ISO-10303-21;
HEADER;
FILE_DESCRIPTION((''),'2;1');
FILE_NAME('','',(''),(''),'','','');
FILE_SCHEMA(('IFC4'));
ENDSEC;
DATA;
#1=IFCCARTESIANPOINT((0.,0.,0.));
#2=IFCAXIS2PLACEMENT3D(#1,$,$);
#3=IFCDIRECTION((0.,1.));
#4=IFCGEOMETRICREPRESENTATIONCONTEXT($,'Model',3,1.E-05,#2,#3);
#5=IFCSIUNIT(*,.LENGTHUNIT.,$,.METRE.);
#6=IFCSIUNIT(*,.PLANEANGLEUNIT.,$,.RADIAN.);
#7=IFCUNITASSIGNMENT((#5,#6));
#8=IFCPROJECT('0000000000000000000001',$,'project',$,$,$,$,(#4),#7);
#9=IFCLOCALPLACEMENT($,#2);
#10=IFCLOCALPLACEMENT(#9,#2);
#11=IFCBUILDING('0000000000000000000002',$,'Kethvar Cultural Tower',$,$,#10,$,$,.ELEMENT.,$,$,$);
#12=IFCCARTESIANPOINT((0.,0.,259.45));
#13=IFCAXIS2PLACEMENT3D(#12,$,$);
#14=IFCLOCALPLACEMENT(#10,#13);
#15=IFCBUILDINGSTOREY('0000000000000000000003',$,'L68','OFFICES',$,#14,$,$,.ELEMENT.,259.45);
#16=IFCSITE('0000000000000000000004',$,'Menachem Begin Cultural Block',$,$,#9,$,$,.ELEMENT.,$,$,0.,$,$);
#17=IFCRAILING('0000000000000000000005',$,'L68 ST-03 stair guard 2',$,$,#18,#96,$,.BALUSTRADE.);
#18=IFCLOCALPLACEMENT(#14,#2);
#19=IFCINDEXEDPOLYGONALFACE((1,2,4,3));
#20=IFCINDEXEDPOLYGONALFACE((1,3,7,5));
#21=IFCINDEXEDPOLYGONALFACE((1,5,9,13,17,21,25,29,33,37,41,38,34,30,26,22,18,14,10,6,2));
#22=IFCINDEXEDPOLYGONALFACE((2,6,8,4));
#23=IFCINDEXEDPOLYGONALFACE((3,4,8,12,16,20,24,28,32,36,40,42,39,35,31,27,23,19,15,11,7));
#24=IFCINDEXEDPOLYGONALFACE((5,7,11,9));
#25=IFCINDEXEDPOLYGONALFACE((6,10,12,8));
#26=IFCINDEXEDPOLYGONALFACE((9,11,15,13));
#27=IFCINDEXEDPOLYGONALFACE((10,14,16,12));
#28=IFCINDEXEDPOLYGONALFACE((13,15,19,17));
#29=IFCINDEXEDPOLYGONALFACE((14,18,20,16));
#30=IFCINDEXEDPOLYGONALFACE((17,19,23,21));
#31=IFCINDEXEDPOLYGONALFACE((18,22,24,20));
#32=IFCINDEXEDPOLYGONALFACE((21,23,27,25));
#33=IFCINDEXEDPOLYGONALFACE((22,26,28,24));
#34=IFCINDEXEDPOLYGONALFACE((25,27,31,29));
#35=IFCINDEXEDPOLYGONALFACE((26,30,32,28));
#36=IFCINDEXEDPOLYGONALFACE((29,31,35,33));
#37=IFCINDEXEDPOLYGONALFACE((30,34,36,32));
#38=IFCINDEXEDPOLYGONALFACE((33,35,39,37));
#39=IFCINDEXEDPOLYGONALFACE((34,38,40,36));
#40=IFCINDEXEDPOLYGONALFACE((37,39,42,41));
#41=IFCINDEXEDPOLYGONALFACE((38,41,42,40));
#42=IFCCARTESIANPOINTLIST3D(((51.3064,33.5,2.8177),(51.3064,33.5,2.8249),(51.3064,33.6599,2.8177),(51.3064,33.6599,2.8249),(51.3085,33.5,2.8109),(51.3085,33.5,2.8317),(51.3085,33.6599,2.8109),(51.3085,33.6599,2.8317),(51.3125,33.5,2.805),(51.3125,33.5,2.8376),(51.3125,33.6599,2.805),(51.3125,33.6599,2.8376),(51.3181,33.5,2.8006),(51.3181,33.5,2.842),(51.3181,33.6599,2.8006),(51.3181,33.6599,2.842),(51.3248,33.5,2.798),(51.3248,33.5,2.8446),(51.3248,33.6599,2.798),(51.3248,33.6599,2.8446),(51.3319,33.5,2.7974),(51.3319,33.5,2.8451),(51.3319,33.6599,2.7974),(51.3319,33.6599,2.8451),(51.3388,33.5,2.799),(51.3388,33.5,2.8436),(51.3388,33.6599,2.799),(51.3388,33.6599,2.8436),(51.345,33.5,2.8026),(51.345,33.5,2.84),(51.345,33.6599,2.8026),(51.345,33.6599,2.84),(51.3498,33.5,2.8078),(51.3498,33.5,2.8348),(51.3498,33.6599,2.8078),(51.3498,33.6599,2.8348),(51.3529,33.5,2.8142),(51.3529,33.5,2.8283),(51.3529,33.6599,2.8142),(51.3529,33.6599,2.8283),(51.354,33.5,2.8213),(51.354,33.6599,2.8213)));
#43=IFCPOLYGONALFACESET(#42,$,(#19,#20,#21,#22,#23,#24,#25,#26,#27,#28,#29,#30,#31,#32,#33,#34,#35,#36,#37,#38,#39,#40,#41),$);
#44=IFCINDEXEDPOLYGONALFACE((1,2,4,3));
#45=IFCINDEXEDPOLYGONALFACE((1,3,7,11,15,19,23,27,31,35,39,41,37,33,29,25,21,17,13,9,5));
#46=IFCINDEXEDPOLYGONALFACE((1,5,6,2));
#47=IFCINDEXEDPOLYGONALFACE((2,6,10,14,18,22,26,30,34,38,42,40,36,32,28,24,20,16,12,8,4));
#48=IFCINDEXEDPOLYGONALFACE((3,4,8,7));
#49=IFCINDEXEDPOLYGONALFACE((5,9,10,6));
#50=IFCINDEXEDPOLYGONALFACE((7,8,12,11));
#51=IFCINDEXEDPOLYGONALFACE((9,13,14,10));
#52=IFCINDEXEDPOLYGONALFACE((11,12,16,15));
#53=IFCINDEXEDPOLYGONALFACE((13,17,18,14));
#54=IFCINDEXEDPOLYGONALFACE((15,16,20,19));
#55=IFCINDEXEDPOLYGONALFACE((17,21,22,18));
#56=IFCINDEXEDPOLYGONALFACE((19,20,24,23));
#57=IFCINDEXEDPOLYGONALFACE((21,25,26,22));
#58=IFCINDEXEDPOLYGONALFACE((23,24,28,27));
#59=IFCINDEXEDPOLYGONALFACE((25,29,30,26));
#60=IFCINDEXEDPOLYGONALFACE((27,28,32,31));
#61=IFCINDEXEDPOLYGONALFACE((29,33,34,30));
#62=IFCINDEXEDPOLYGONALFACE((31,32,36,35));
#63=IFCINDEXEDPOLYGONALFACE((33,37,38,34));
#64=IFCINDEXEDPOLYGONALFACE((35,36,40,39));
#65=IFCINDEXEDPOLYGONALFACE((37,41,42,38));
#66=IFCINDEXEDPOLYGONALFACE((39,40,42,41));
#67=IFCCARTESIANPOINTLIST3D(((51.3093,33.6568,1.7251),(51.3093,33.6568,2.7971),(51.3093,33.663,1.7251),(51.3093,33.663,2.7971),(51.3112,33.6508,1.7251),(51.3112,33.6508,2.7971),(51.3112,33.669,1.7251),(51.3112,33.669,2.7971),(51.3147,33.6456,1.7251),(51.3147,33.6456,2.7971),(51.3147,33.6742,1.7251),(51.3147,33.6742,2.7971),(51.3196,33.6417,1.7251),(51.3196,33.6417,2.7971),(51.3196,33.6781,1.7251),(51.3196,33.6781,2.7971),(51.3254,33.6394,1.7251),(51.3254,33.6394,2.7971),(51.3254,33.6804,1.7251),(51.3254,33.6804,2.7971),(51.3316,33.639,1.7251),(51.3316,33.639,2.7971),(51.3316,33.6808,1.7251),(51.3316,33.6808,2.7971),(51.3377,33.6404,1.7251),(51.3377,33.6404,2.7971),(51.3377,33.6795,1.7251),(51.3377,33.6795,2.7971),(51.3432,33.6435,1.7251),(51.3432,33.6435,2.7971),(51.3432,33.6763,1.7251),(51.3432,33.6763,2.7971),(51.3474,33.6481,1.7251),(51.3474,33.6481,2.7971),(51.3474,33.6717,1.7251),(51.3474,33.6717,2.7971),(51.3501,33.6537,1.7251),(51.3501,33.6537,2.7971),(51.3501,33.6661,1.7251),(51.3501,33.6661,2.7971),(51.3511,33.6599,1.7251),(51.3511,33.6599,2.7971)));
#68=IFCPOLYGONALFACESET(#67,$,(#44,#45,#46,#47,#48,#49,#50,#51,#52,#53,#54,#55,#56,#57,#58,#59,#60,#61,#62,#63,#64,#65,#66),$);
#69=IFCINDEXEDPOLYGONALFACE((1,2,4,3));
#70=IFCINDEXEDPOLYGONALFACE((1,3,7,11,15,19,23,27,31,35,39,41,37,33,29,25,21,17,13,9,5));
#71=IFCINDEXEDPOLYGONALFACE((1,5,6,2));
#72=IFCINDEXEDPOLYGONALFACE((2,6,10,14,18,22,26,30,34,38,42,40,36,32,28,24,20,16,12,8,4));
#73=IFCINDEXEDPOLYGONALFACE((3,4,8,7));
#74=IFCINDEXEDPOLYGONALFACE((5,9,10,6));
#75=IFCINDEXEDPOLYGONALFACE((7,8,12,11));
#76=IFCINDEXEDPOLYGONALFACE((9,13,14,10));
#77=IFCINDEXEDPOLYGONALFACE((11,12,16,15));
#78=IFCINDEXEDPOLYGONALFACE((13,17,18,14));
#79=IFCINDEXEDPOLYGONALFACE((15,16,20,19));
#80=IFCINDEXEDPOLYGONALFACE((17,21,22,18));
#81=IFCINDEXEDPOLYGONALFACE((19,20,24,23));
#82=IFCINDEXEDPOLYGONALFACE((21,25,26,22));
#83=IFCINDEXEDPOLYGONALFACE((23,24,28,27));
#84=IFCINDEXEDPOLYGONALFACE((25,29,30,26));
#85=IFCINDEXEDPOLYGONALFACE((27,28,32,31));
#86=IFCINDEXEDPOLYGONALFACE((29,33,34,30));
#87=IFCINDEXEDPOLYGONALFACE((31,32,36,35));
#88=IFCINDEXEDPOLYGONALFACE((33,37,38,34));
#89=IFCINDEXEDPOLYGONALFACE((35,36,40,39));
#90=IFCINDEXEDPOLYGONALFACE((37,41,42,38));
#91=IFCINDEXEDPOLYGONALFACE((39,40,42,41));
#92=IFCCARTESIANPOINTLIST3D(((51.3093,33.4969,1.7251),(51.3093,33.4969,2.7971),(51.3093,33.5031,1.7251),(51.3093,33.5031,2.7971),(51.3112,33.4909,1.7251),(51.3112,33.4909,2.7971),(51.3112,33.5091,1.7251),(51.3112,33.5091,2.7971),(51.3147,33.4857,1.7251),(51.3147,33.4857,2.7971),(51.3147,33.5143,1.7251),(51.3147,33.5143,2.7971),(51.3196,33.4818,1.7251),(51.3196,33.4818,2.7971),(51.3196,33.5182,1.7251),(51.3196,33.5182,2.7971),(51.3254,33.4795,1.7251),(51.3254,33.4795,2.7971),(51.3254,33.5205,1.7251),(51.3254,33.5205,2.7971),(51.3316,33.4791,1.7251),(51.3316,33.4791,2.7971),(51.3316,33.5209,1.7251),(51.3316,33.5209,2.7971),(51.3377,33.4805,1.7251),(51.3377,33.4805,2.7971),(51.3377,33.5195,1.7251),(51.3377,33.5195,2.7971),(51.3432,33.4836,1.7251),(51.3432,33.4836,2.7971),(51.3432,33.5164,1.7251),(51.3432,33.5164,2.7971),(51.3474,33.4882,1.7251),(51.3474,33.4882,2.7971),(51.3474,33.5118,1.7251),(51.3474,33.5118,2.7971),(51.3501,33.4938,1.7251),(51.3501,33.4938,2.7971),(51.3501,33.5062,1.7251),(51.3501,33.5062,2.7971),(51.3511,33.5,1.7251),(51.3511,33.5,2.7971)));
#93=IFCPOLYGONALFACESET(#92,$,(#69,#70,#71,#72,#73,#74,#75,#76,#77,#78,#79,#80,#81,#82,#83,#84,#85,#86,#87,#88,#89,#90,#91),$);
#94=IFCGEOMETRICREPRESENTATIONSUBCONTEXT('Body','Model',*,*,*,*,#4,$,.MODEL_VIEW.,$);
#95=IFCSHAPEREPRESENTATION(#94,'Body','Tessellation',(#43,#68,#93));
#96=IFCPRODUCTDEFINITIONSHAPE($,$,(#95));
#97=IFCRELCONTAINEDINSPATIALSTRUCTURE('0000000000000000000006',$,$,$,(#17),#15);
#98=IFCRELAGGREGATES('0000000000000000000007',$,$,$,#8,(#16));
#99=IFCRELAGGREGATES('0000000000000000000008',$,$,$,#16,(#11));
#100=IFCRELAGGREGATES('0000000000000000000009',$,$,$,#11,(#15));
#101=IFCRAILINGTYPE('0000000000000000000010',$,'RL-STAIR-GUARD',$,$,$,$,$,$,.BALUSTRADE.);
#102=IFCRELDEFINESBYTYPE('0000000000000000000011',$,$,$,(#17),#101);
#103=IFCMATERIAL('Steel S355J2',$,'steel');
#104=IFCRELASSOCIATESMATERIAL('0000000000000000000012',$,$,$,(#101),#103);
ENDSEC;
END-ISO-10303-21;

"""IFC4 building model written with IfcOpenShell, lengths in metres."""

from ifc_helpers import new_model, si_unit, direction, frame, origin, origin_2d, place, context, subcontext, project, spatial, circle, extrude, material, type_object, element, save


model = new_model("IFC4")

# Units and contexts
model_context = context("Model", 3, precision=1e-05, world=origin(), true_north=direction((0.0, 1.0)))
body_context = subcontext(model_context, "Body", "Model", "MODEL_VIEW")
ifc_project = project(units=[si_unit("LENGTHUNIT", "METRE"), si_unit("PLANEANGLEUNIT", "RADIAN")], contexts=[model_context])

# Site, building, storey
site_placement = place(None, origin())
site = spatial("IfcSite", under=ifc_project, at=site_placement, Name="Menachem Begin Cultural Block", CompositionType="ELEMENT", RefElevation=0.0)
building_placement = place(site_placement, origin())
building = spatial("IfcBuilding", under=site, at=building_placement, Name="Kethvar Cultural Tower", CompositionType="ELEMENT")
storey_placement = place(building_placement, frame((0.0, 0.0, 259.45)))
storey = spatial("IfcBuildingStorey", under=building, at=storey_placement, Name="L68", Description="OFFICES", CompositionType="ELEMENT", Elevation=259.45)

# Shared definitions
ifc_material_1 = material(Name="Steel S355J2", Category="steel")

# Railing
railing_type_1 = type_object("IfcRailingType", Name="RL-STAIR-GUARD", PredefinedType="BALUSTRADE", material=ifc_material_1)
railing_1_placement = place(storey_placement, frame((51.3301, 33.6599, 1.7251)))
element("IfcRailing", 1, at=railing_1_placement, inside=storey, type_object=railing_type_1, Name="L68 ST-03 stair guard 2", PredefinedType="BALUSTRADE", context=body_context, shape_type="SweptSolid", body=[
    extrude(circle(Radius=0.0239, at=origin_2d()), frame((0.0, 0.0, 1.0962), z_axis=(0.0, -1.0, 0.0), x_axis=(1.0, 0.0, 0.0)), (0.0, 0.0, 1.0), 0.1599),
    extrude(circle(Radius=0.021, at=origin_2d()), origin(), (0.0, 0.0, 1.0), 1.072),
    extrude(circle(Radius=0.021, at=origin_2d()), frame((0.0, -0.1599, 0.0)), (0.0, 0.0, 1.0), 1.072),
])

save(model, "model.ifc")
